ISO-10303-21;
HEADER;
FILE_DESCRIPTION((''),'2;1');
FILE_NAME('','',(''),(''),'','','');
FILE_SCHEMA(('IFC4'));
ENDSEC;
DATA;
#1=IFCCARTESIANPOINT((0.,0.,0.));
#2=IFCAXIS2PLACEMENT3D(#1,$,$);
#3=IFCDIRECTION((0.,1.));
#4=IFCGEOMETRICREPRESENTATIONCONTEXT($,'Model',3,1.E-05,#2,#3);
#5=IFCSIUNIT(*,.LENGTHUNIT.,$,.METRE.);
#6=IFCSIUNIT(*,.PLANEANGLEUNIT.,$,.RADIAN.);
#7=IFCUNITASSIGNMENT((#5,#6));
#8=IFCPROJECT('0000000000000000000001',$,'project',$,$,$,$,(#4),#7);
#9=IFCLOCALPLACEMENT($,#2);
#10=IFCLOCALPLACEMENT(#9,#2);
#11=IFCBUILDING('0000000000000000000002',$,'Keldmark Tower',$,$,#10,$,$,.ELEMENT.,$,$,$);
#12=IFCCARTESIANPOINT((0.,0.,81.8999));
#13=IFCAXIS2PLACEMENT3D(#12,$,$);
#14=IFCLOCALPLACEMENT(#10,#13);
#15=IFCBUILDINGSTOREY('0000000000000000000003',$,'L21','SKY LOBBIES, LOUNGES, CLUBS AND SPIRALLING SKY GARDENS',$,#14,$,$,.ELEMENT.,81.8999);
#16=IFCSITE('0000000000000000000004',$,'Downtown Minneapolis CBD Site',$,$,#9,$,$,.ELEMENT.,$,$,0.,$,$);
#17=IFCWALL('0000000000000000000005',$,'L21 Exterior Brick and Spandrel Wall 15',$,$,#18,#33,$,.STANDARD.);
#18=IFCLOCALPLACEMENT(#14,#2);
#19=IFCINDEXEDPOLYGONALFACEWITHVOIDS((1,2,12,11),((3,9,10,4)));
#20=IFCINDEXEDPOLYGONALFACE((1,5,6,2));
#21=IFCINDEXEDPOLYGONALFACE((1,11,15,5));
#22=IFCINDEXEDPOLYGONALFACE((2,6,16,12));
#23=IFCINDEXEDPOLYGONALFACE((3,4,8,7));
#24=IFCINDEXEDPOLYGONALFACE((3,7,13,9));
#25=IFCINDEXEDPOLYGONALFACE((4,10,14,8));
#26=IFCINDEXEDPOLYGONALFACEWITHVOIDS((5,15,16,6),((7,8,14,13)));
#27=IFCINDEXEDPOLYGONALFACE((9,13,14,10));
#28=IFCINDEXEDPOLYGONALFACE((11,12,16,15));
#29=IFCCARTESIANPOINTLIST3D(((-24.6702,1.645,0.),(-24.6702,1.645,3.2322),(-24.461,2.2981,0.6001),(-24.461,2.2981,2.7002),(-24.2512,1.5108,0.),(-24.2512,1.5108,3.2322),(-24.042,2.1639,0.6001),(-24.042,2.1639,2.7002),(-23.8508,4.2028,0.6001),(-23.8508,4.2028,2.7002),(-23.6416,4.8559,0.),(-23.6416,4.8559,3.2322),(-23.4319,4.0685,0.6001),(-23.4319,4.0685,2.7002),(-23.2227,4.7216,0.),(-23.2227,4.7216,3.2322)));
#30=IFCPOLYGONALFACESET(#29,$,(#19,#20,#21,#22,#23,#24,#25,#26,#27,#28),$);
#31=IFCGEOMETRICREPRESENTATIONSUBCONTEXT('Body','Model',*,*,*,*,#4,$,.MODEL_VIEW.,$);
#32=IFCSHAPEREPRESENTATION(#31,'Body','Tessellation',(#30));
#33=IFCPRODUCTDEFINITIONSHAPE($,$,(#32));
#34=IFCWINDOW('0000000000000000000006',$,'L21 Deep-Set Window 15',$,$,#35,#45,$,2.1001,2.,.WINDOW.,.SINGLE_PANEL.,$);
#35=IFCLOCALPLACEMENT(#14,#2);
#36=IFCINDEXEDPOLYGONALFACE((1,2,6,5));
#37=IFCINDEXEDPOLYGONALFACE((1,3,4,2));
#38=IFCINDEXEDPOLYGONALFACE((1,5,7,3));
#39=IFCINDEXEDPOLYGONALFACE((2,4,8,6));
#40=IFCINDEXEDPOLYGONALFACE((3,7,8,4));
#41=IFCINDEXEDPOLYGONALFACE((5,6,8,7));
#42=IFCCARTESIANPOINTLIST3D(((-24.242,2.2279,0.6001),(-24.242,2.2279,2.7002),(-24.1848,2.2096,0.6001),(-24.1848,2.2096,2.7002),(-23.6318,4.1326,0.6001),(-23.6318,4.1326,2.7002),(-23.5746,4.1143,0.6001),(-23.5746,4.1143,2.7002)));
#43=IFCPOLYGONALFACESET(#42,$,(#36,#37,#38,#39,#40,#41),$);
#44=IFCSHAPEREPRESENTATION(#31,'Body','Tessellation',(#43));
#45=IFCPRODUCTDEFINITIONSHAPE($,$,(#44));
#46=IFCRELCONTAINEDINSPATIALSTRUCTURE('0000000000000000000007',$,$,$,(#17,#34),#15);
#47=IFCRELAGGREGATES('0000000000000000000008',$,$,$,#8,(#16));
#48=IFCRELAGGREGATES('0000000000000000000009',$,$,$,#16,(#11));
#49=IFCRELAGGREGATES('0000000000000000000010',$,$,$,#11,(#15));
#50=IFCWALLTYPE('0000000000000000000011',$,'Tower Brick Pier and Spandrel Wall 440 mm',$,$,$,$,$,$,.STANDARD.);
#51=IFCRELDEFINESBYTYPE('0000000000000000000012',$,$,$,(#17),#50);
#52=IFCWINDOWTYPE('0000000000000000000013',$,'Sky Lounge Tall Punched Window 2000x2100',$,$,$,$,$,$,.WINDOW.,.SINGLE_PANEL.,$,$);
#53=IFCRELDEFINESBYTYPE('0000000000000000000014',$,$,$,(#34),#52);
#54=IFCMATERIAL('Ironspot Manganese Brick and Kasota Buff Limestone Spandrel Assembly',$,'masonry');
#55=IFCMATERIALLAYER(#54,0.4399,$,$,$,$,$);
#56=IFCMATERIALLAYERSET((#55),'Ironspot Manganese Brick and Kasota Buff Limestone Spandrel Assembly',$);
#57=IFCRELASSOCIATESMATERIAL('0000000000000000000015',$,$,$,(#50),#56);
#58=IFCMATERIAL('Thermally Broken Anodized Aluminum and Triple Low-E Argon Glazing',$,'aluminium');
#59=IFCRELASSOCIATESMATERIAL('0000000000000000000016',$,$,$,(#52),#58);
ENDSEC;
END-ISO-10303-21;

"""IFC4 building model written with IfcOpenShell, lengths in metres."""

from ifc_helpers import new_model, si_unit, direction, frame, frame_2d, origin, place, context, subcontext, project, spatial, rectangle, extrude, material, layer, layer_set, type_object, element, fill, save


model = new_model("IFC4")

# Units and contexts
model_context = context("Model", 3, precision=1e-05, world=origin(), true_north=direction((0.0, 1.0)))
body_context = subcontext(model_context, "Body", "Model", "MODEL_VIEW")
ifc_project = project(units=[si_unit("LENGTHUNIT", "METRE"), si_unit("PLANEANGLEUNIT", "RADIAN")], contexts=[model_context])

# Site, building, storey
site_placement = place(None, origin())
site = spatial("IfcSite", under=ifc_project, at=site_placement, Name="Downtown Minneapolis CBD Site", CompositionType="ELEMENT", RefElevation=0.0)
building_placement = place(site_placement, origin())
building = spatial("IfcBuilding", under=site, at=building_placement, Name="Keldmark Tower", CompositionType="ELEMENT")
storey_placement = place(building_placement, frame((0.0, 0.0, 81.8999)))
storey = spatial("IfcBuildingStorey", under=building, at=storey_placement, Name="L21", Description="SKY LOBBIES, LOUNGES, CLUBS AND SPIRALLING SKY GARDENS", CompositionType="ELEMENT", Elevation=81.8999)

# Wall, opening, window
ifc_material_1 = material(Name="Ironspot Manganese Brick and Kasota Buff Limestone Spandrel Assembly", Category="masonry")
ifc_layer_1 = layer(ifc_material_1, 0.4399)
ifc_layer_set_1 = layer_set([ifc_layer_1], Name="Ironspot Manganese Brick and Kasota Buff Limestone Spandrel Assembly")
wall_type_1 = type_object("IfcWallType", Name="Tower Brick Pier and Spandrel Wall 440 mm", PredefinedType="STANDARD", material=ifc_layer_set_1)
wall_1_placement = place(storey_placement, frame((-24.4607, 1.5779, 0.0), z_axis=(0.0, 0.0, 1.0), x_axis=(0.305062, 0.952332, 0.0)))
wall_1 = element("IfcWall", 1, at=wall_1_placement, inside=storey, type_object=wall_type_1, Name="L21 Exterior Brick and Spandrel Wall 15", PredefinedType="STANDARD", context=body_context, shape_type="SweptSolid", body=[
    extrude(rectangle(XDim=3.3716, YDim=0.4399, at=frame_2d((1.6858, 0.0))), origin(), (0.0, 0.0, 1.0), 3.2322),
])
opening_1_placement = place(wall_1_placement, frame((0.6858, 0.0, 0.6001)))
opening_1 = element("IfcOpeningElement", 2, at=opening_1_placement, cuts=wall_1, PredefinedType="OPENING", context=body_context, shape_type="SweptSolid", body=[
    extrude(rectangle(XDim=2.0, YDim=2.1001, at=frame_2d((1.0, 1.05))), frame((0.0, 0.23, 0.0), z_axis=(0.0, -1.0, 0.0), x_axis=(1.0, 0.0, 0.0)), (0.0, 0.0, 1.0), 0.46),
])
ifc_material_2 = material(Name="Thermally Broken Anodized Aluminum and Triple Low-E Argon Glazing", Category="aluminium")
window_type_1 = type_object("IfcWindowType", Name="Sky Lounge Tall Punched Window 2000x2100", PartitioningType="SINGLE_PANEL", PredefinedType="WINDOW", material=ifc_material_2)
window_1_placement = place(opening_1_placement, origin())
window_1 = element("IfcWindow", 3, at=window_1_placement, inside=storey, type_object=window_type_1, Name="L21 Deep-Set Window 15", OverallHeight=2.1001, OverallWidth=2.0, PartitioningType="SINGLE_PANEL", PredefinedType="WINDOW", context=body_context, shape_type="SweptSolid", body=[
    extrude(rectangle(XDim=2.0, YDim=2.1001, at=frame_2d((1.0, 1.05))), frame((0.0, -0.01, 0.0), z_axis=(0.0, -1.0, 0.0), x_axis=(1.0, 0.0, 0.0)), (0.0, 0.0, 1.0), 0.0601),
])
fill(opening_1, window_1)

save(model, "model.ifc")
